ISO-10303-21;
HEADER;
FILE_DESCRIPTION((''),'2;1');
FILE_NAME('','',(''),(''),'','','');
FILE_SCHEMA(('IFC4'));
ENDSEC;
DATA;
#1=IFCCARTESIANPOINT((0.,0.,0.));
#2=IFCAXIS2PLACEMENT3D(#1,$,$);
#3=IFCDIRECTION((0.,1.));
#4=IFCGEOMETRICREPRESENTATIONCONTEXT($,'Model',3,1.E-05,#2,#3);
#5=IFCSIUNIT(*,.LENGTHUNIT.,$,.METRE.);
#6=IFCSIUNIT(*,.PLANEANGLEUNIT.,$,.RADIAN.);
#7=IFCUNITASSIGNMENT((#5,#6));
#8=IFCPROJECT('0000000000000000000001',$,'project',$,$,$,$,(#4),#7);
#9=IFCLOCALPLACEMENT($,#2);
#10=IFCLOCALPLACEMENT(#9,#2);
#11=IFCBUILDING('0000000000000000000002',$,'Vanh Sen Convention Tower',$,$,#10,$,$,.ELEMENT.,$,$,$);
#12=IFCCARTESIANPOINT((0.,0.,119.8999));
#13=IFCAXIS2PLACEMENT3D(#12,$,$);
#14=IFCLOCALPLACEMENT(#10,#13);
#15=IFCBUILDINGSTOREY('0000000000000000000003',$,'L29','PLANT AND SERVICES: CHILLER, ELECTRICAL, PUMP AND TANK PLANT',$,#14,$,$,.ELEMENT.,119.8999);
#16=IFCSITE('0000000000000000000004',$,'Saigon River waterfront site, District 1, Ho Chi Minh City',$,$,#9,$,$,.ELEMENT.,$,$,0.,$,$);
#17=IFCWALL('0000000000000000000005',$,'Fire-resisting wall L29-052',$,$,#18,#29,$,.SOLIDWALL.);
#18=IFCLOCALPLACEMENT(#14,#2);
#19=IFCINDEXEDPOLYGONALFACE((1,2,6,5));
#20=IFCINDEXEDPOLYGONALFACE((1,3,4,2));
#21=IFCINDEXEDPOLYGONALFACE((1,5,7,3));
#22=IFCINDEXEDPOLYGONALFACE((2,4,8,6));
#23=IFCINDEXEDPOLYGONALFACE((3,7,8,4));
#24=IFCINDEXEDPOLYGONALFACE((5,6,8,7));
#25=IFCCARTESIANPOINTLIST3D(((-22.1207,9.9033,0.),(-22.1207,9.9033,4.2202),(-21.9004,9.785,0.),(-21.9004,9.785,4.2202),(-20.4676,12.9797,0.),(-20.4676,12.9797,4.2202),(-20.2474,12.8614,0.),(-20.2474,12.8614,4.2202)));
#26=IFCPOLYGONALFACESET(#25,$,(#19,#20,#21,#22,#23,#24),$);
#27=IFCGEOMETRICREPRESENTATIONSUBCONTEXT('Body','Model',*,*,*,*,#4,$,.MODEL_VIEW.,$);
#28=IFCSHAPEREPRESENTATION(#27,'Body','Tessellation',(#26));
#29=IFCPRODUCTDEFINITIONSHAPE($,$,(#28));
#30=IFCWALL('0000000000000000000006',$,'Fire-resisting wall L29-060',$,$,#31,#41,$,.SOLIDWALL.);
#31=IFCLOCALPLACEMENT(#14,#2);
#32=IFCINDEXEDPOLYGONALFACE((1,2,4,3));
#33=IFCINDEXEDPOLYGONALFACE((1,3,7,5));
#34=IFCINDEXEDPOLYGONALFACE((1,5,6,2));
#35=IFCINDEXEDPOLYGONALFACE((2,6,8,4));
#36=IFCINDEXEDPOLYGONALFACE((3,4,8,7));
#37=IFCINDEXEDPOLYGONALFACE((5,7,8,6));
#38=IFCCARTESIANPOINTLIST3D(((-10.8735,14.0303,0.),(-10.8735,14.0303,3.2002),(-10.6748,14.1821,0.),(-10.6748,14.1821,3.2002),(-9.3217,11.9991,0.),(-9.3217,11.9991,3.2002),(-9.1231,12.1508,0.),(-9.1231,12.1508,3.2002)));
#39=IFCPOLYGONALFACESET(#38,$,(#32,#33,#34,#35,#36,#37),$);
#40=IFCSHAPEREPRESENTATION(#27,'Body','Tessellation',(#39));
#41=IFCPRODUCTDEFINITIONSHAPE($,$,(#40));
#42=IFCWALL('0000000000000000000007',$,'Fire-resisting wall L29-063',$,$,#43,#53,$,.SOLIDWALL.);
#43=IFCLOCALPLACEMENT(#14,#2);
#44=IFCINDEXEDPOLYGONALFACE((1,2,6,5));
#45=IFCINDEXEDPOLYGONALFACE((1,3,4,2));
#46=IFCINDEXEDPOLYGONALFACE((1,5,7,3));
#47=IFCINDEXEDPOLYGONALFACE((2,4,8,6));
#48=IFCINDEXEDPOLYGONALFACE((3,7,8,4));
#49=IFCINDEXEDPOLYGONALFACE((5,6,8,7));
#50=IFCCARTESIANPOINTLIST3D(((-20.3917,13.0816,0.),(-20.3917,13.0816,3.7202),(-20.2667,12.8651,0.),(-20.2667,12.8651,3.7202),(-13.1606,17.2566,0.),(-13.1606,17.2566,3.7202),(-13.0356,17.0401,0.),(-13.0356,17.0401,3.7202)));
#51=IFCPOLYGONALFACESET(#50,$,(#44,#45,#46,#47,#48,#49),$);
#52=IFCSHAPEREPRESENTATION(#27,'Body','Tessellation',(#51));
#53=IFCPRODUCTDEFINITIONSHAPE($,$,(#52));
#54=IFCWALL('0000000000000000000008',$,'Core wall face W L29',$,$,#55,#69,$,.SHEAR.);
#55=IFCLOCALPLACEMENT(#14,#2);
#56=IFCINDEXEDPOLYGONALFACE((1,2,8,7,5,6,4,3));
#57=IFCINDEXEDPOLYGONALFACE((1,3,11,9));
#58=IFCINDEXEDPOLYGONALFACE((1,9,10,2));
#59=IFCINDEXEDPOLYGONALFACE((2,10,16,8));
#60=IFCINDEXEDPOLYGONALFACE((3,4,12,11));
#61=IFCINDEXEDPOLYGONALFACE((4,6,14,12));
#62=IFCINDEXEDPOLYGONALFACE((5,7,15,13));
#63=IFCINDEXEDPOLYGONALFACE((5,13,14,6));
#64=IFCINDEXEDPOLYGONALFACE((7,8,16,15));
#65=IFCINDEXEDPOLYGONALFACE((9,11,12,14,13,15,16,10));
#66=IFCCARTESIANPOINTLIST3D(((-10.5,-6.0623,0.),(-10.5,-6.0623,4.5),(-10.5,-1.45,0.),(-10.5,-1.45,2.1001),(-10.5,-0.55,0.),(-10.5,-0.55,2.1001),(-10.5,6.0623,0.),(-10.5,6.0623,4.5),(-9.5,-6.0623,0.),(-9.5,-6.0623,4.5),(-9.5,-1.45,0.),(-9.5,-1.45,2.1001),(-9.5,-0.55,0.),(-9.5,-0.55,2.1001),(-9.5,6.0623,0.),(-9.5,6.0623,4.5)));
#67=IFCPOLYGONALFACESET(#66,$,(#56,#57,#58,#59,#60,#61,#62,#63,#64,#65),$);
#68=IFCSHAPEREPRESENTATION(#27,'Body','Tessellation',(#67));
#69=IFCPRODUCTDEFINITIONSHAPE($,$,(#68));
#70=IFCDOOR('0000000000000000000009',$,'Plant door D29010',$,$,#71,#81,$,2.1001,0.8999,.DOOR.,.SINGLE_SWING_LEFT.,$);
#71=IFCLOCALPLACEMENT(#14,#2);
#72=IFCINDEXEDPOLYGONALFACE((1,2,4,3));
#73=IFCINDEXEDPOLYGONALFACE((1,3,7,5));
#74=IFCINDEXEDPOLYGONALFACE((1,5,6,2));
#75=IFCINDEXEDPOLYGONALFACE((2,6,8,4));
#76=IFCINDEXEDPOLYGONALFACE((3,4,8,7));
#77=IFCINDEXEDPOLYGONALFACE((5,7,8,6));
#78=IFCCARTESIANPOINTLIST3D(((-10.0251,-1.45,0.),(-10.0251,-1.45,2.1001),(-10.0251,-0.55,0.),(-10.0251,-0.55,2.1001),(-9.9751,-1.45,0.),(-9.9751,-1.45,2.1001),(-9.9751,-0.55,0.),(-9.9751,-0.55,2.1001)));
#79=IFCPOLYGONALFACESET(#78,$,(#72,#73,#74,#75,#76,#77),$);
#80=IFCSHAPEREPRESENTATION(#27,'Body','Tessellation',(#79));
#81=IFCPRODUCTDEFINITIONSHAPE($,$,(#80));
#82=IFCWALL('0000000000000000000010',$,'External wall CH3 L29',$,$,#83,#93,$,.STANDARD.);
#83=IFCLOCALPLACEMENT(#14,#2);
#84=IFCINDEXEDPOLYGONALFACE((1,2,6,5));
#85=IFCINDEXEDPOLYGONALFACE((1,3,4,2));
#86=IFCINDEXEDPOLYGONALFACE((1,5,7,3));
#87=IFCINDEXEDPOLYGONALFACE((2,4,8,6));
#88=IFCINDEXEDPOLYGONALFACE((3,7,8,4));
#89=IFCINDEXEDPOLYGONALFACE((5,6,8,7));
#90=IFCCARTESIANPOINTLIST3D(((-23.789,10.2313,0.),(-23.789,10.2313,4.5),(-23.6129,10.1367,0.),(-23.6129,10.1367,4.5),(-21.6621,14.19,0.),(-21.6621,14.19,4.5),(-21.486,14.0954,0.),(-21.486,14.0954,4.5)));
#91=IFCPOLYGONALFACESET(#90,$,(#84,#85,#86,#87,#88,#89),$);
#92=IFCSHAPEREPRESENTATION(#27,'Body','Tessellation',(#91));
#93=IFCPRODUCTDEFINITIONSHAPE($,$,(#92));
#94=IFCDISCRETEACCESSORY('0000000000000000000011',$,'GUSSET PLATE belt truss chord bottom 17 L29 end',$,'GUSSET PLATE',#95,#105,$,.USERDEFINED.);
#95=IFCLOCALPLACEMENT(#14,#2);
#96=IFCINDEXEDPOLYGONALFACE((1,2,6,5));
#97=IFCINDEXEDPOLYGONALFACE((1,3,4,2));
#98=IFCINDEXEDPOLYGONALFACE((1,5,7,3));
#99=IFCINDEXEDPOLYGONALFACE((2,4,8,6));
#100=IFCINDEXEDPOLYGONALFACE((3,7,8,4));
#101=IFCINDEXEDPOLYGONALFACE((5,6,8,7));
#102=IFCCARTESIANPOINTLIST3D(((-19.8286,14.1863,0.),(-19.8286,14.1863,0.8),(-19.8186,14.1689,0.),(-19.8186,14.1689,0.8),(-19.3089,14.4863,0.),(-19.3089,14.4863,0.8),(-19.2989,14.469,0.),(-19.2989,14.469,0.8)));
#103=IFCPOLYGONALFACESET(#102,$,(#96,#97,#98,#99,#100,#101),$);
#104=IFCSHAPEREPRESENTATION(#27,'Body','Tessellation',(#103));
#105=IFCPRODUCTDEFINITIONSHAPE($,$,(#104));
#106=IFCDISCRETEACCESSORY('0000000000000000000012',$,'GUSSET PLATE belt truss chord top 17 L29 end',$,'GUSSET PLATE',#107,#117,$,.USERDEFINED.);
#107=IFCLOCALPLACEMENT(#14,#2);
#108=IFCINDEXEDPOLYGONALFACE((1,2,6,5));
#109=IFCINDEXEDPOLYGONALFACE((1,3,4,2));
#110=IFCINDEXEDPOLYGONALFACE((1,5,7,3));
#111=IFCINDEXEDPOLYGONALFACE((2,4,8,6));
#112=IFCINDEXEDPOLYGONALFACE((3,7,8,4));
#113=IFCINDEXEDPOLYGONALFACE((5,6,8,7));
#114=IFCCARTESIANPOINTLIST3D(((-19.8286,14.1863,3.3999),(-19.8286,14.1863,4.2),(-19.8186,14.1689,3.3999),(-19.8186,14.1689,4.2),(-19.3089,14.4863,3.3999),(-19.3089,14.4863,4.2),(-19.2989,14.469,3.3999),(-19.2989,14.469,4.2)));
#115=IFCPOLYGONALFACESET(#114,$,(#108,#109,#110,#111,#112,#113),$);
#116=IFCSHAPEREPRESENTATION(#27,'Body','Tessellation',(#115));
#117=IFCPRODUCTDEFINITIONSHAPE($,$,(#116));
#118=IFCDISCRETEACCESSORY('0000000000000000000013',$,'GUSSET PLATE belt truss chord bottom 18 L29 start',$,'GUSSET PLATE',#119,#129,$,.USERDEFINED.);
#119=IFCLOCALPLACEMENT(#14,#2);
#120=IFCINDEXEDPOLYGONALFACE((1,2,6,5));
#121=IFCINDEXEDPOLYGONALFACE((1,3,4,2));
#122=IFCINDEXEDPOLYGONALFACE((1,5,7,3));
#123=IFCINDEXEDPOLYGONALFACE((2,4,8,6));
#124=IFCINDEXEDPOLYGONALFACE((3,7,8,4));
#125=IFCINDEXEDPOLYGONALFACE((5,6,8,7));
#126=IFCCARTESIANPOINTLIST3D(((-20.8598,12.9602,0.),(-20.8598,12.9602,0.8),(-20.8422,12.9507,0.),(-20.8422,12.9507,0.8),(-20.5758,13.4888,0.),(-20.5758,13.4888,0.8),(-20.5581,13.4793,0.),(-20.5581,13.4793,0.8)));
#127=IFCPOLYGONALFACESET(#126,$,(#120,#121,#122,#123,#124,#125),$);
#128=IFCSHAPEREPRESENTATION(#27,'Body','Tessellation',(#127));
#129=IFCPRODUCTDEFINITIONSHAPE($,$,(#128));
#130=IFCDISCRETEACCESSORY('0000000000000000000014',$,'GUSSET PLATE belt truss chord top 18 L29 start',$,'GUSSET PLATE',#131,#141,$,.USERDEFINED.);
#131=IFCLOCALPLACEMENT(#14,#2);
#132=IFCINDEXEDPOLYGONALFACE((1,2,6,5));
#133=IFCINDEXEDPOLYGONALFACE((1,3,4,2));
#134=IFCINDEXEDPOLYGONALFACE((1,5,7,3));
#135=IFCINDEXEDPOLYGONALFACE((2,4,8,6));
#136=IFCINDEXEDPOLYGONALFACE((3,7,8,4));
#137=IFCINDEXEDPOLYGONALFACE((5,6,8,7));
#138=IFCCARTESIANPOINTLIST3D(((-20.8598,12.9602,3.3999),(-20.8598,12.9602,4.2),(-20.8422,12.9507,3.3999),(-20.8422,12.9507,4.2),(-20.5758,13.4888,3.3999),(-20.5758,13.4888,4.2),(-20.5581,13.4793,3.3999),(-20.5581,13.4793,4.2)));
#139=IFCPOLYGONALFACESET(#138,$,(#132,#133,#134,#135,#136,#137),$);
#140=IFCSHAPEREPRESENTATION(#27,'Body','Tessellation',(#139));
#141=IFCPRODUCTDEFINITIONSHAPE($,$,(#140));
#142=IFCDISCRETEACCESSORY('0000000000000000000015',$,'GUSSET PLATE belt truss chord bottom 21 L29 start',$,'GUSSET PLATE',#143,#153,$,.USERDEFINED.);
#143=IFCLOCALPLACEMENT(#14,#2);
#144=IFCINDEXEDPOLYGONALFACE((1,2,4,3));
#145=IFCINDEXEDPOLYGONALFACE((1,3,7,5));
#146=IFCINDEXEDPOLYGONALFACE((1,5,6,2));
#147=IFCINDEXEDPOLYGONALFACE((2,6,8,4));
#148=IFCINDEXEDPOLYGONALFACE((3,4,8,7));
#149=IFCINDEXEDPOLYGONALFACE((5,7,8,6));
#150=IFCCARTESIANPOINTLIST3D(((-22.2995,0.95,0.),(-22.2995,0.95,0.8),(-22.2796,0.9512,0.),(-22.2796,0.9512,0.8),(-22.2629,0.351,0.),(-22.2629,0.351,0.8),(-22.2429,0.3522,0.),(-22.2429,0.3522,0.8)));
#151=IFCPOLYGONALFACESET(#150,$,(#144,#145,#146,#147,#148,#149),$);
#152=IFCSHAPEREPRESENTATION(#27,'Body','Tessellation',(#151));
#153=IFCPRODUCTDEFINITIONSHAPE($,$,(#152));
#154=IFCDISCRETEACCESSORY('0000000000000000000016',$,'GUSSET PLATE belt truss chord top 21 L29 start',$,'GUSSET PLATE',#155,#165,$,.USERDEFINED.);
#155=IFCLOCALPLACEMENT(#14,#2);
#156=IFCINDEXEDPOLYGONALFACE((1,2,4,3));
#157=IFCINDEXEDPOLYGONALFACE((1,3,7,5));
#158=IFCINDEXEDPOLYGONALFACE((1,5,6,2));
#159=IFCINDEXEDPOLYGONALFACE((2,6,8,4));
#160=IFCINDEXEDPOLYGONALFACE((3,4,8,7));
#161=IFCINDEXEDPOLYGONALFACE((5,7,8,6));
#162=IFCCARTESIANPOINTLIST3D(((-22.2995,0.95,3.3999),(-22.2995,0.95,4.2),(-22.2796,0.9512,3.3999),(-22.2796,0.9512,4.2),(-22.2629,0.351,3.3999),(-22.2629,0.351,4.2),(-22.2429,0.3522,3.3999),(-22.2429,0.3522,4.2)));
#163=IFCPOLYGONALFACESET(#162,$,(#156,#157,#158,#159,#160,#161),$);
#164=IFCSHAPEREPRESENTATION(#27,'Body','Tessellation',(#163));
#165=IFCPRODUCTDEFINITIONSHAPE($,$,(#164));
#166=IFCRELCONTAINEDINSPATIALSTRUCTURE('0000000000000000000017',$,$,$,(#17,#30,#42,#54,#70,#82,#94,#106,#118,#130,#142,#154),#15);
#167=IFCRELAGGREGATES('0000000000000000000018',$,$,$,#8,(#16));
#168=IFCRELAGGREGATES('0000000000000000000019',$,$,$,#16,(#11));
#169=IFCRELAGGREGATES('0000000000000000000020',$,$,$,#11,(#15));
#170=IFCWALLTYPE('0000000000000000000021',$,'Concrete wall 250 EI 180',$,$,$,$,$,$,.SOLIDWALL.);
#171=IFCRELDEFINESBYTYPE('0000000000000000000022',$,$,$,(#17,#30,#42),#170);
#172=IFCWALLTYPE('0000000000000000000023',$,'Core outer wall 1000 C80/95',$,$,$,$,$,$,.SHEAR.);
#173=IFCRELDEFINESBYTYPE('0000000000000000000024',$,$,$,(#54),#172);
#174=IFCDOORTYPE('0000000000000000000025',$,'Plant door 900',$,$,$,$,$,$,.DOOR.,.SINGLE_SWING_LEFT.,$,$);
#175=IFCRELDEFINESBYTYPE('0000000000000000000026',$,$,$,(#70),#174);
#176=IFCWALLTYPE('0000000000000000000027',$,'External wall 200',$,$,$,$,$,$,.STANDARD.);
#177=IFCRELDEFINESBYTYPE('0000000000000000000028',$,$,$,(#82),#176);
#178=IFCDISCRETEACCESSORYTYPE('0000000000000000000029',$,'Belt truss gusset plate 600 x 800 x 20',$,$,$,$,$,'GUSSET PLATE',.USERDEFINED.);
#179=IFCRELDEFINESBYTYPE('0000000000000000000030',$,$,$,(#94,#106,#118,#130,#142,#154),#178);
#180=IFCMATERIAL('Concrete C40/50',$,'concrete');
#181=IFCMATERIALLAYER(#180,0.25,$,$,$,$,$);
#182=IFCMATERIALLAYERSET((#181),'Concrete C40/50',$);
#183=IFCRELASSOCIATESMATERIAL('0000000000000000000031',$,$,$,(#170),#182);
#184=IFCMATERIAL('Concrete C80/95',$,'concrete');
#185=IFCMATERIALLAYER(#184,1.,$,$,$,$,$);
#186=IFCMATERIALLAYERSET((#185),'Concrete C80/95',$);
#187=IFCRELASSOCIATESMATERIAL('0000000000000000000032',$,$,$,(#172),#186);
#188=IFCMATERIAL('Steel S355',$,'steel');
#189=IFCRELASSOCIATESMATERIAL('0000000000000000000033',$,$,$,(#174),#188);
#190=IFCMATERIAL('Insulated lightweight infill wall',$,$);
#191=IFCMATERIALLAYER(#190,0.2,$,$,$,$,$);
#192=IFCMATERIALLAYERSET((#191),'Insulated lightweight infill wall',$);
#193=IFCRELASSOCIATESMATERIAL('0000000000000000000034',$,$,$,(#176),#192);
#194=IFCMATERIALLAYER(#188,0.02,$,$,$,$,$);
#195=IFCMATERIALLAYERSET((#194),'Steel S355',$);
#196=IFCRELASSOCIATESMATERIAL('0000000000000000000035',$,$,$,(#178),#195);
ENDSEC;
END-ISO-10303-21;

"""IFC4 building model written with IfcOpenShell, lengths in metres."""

from ifc_helpers import new_model, si_unit, direction, frame, frame_2d, origin, origin_2d, place, context, subcontext, project, spatial, rectangle, extrude, material, layer, layer_set, type_object, element, fill, save


model = new_model("IFC4")

# Units and contexts
model_context = context("Model", 3, precision=1e-05, world=origin(), true_north=direction((0.0, 1.0)))
body_context = subcontext(model_context, "Body", "Model", "MODEL_VIEW")
ifc_project = project(units=[si_unit("LENGTHUNIT", "METRE"), si_unit("PLANEANGLEUNIT", "RADIAN")], contexts=[model_context])

# Site, building, storey
site_placement = place(None, origin())
site = spatial("IfcSite", under=ifc_project, at=site_placement, Name="Saigon River waterfront site, District 1, Ho Chi Minh City", CompositionType="ELEMENT", RefElevation=0.0)
building_placement = place(site_placement, origin())
building = spatial("IfcBuilding", under=site, at=building_placement, Name="Vanh Sen Convention Tower", CompositionType="ELEMENT")
storey_placement = place(building_placement, frame((0.0, 0.0, 119.8999)))
storey = spatial("IfcBuildingStorey", under=building, at=storey_placement, Name="L29", Description="PLANT AND SERVICES: CHILLER, ELECTRICAL, PUMP AND TANK PLANT", CompositionType="ELEMENT", Elevation=119.8999)

# Shared definitions
ifc_material_1 = material(Name="Concrete C80/95", Category="concrete")

# Shared definitions
ifc_material_2 = material(Name="Steel S355", Category="steel")

# Walls
ifc_material_3 = material(Name="Concrete C40/50", Category="concrete")
ifc_layer_1 = layer(ifc_material_3, 0.25)
ifc_layer_set_1 = layer_set([ifc_layer_1], Name="Concrete C40/50")
wall_type_1 = type_object("IfcWallType", Name="Concrete wall 250 EI 180", PredefinedType="SOLIDWALL", material=ifc_layer_set_1)
wall_1_placement = place(storey_placement, frame((-22.0105, 9.8442, 0.0), z_axis=(0.0, 0.0, 1.0), x_axis=(0.473333, 0.880884, 0.0)))
element("IfcWall", 1, at=wall_1_placement, inside=storey, type_object=wall_type_1, Name="Fire-resisting wall L29-052", PredefinedType="SOLIDWALL", context=body_context, shape_type="SweptSolid", body=[
    extrude(rectangle(XDim=3.4924, YDim=0.25, at=frame_2d((1.7461, 0.0))), origin(), (0.0, 0.0, 1.0), 4.2202),
])
wall_2_placement = place(storey_placement, frame((-9.2224, 12.075, 0.0), z_axis=(0.0, 0.0, 1.0), x_axis=(-0.607067, 0.794651, 0.0)))
element("IfcWall", 2, at=wall_2_placement, inside=storey, type_object=wall_type_1, Name="Fire-resisting wall L29-060", PredefinedType="SOLIDWALL", context=body_context, shape_type="SweptSolid", body=[
    extrude(rectangle(XDim=2.5562, YDim=0.25, at=frame_2d((1.2781, 0.0))), origin(), (0.0, 0.0, 1.0), 3.2002),
])
wall_3_placement = place(storey_placement, frame((-20.3291, 12.9734, 0.0), z_axis=(0.0, 0.0, 1.0), x_axis=(0.86602, 0.50001, 0.0)))
element("IfcWall", 3, at=wall_3_placement, inside=storey, type_object=wall_type_1, Name="Fire-resisting wall L29-063", PredefinedType="SOLIDWALL", context=body_context, shape_type="SweptSolid", body=[
    extrude(rectangle(XDim=8.3499, YDim=0.25, at=frame_2d((4.1748, 0.0))), origin(), (0.0, 0.0, 1.0), 3.7202),
])

# Wall, opening, door
ifc_layer_2 = layer(ifc_material_1, 1.0)
ifc_layer_set_2 = layer_set([ifc_layer_2], Name="Concrete C80/95")
wall_type_2 = type_object("IfcWallType", Name="Core outer wall 1000 C80/95", PredefinedType="SHEAR", material=ifc_layer_set_2)
wall_4_placement = place(storey_placement, frame((-10.0, 6.0623, 0.0), z_axis=(0.0, 0.0, 1.0), x_axis=(0.0, -1.0, 0.0)))
wall_4 = element("IfcWall", 4, at=wall_4_placement, inside=storey, type_object=wall_type_2, Name="Core wall face W L29", PredefinedType="SHEAR", context=body_context, shape_type="SweptSolid", body=[
    extrude(rectangle(XDim=12.1245, YDim=1.0, at=frame_2d((6.0623, 0.0))), origin(), (0.0, 0.0, 1.0), 4.5),
])
opening_placement = place(wall_4_placement, frame((6.6123, 0.0, 0.0)))
opening = element("IfcOpeningElement", 5, at=opening_placement, cuts=wall_4, PredefinedType="OPENING", context=body_context, shape_type="SweptSolid", body=[
    extrude(rectangle(XDim=0.8999, YDim=2.1001, at=frame_2d((0.45, 1.05))), frame((0.0, 0.51, 0.0), z_axis=(0.0, -1.0, 0.0), x_axis=(1.0, 0.0, 0.0)), (0.0, 0.0, 1.0), 1.02),
])
door_type = type_object("IfcDoorType", Name="Plant door 900", OperationType="SINGLE_SWING_LEFT", PredefinedType="DOOR", material=ifc_material_2)
door_placement = place(opening_placement, origin())
door = element("IfcDoor", 6, at=door_placement, inside=storey, type_object=door_type, Name="Plant door D29010", OperationType="SINGLE_SWING_LEFT", OverallHeight=2.1001, OverallWidth=0.8999, PredefinedType="DOOR", context=body_context, shape_type="SweptSolid", body=[
    extrude(rectangle(XDim=0.8999, YDim=2.1001, at=frame_2d((0.45, 1.05))), frame((0.0, 0.0249, 0.0), z_axis=(0.0, -1.0, 0.0), x_axis=(1.0, 0.0, 0.0)), (0.0, 0.0, 1.0), 0.05),
])
fill(opening, door)

# Wall
ifc_material_4 = material(Name="Insulated lightweight infill wall")
ifc_layer_3 = layer(ifc_material_4, 0.2)
ifc_layer_set_3 = layer_set([ifc_layer_3], Name="Insulated lightweight infill wall")
wall_type_3 = type_object("IfcWallType", Name="External wall 200", PredefinedType="STANDARD", material=ifc_layer_set_3)
wall_5_placement = place(storey_placement, frame((-21.574, 14.1428, 0.0), z_axis=(0.0, 0.0, 1.0), x_axis=(-0.473293, -0.880905, 0.0)))
element("IfcWall", 7, at=wall_5_placement, inside=storey, type_object=wall_type_3, Name="External wall CH3 L29", PredefinedType="STANDARD", context=body_context, shape_type="SweptSolid", body=[
    extrude(rectangle(XDim=4.4939, YDim=0.2, at=frame_2d((2.2471, 0.0))), origin(), (0.0, 0.0, 1.0), 4.5),
])

# Discrete accessories
ifc_layer_4 = layer(ifc_material_2, 0.02)
ifc_layer_set_4 = layer_set([ifc_layer_4], Name="Steel S355")
discrete_accessory_type = type_object("IfcDiscreteAccessoryType", Name="Belt truss gusset plate 600 x 800 x 20", ElementType="GUSSET PLATE", PredefinedType="USERDEFINED", material=ifc_layer_set_4)
for number, where, z_axis, x_axis, name in (
    (8, (-19.5637, 14.3276, 0.0), (0.0, 0.0, 1.0), (0.866021, 0.500008, 0.0), "GUSSET PLATE belt truss chord bottom 17 L29 end"),
    (9, (-19.5637, 14.3276, 3.3999), (0.0, 0.0, 1.0), (0.866021, 0.500008, 0.0), "GUSSET PLATE belt truss chord top 17 L29 end"),
    (10, (-20.709, 13.2197, 0.0), (0.0, 0.0, 1.0), (-0.473317, -0.880892, 0.0), "GUSSET PLATE belt truss chord bottom 18 L29 start"),
    (11, (-20.709, 13.2197, 3.3999), (0.0, 0.0, 1.0), (-0.473317, -0.880892, 0.0), "GUSSET PLATE belt truss chord top 18 L29 start"),
    (12, (-22.2712, 0.6511, 0.0), (0.0, 0.0, 1.0), (0.061047, -0.998135, 0.0), "GUSSET PLATE belt truss chord bottom 21 L29 start"),
    (13, (-22.2712, 0.6511, 3.3999), (0.0, 0.0, 1.0), (0.061047, -0.998135, 0.0), "GUSSET PLATE belt truss chord top 21 L29 start"),
):
    element("IfcDiscreteAccessory", number, at=place(storey_placement, frame(where, z_axis=z_axis, x_axis=x_axis)), inside=storey, type_object=discrete_accessory_type, Name=name, ObjectType="GUSSET PLATE", PredefinedType="USERDEFINED", context=body_context, shape_type="SweptSolid", body=[
        extrude(rectangle(XDim=0.6001, YDim=0.02, at=origin_2d()), origin(), (0.0, 0.0, 1.0), 0.8),
    ])

save(model, "model.ifc")
